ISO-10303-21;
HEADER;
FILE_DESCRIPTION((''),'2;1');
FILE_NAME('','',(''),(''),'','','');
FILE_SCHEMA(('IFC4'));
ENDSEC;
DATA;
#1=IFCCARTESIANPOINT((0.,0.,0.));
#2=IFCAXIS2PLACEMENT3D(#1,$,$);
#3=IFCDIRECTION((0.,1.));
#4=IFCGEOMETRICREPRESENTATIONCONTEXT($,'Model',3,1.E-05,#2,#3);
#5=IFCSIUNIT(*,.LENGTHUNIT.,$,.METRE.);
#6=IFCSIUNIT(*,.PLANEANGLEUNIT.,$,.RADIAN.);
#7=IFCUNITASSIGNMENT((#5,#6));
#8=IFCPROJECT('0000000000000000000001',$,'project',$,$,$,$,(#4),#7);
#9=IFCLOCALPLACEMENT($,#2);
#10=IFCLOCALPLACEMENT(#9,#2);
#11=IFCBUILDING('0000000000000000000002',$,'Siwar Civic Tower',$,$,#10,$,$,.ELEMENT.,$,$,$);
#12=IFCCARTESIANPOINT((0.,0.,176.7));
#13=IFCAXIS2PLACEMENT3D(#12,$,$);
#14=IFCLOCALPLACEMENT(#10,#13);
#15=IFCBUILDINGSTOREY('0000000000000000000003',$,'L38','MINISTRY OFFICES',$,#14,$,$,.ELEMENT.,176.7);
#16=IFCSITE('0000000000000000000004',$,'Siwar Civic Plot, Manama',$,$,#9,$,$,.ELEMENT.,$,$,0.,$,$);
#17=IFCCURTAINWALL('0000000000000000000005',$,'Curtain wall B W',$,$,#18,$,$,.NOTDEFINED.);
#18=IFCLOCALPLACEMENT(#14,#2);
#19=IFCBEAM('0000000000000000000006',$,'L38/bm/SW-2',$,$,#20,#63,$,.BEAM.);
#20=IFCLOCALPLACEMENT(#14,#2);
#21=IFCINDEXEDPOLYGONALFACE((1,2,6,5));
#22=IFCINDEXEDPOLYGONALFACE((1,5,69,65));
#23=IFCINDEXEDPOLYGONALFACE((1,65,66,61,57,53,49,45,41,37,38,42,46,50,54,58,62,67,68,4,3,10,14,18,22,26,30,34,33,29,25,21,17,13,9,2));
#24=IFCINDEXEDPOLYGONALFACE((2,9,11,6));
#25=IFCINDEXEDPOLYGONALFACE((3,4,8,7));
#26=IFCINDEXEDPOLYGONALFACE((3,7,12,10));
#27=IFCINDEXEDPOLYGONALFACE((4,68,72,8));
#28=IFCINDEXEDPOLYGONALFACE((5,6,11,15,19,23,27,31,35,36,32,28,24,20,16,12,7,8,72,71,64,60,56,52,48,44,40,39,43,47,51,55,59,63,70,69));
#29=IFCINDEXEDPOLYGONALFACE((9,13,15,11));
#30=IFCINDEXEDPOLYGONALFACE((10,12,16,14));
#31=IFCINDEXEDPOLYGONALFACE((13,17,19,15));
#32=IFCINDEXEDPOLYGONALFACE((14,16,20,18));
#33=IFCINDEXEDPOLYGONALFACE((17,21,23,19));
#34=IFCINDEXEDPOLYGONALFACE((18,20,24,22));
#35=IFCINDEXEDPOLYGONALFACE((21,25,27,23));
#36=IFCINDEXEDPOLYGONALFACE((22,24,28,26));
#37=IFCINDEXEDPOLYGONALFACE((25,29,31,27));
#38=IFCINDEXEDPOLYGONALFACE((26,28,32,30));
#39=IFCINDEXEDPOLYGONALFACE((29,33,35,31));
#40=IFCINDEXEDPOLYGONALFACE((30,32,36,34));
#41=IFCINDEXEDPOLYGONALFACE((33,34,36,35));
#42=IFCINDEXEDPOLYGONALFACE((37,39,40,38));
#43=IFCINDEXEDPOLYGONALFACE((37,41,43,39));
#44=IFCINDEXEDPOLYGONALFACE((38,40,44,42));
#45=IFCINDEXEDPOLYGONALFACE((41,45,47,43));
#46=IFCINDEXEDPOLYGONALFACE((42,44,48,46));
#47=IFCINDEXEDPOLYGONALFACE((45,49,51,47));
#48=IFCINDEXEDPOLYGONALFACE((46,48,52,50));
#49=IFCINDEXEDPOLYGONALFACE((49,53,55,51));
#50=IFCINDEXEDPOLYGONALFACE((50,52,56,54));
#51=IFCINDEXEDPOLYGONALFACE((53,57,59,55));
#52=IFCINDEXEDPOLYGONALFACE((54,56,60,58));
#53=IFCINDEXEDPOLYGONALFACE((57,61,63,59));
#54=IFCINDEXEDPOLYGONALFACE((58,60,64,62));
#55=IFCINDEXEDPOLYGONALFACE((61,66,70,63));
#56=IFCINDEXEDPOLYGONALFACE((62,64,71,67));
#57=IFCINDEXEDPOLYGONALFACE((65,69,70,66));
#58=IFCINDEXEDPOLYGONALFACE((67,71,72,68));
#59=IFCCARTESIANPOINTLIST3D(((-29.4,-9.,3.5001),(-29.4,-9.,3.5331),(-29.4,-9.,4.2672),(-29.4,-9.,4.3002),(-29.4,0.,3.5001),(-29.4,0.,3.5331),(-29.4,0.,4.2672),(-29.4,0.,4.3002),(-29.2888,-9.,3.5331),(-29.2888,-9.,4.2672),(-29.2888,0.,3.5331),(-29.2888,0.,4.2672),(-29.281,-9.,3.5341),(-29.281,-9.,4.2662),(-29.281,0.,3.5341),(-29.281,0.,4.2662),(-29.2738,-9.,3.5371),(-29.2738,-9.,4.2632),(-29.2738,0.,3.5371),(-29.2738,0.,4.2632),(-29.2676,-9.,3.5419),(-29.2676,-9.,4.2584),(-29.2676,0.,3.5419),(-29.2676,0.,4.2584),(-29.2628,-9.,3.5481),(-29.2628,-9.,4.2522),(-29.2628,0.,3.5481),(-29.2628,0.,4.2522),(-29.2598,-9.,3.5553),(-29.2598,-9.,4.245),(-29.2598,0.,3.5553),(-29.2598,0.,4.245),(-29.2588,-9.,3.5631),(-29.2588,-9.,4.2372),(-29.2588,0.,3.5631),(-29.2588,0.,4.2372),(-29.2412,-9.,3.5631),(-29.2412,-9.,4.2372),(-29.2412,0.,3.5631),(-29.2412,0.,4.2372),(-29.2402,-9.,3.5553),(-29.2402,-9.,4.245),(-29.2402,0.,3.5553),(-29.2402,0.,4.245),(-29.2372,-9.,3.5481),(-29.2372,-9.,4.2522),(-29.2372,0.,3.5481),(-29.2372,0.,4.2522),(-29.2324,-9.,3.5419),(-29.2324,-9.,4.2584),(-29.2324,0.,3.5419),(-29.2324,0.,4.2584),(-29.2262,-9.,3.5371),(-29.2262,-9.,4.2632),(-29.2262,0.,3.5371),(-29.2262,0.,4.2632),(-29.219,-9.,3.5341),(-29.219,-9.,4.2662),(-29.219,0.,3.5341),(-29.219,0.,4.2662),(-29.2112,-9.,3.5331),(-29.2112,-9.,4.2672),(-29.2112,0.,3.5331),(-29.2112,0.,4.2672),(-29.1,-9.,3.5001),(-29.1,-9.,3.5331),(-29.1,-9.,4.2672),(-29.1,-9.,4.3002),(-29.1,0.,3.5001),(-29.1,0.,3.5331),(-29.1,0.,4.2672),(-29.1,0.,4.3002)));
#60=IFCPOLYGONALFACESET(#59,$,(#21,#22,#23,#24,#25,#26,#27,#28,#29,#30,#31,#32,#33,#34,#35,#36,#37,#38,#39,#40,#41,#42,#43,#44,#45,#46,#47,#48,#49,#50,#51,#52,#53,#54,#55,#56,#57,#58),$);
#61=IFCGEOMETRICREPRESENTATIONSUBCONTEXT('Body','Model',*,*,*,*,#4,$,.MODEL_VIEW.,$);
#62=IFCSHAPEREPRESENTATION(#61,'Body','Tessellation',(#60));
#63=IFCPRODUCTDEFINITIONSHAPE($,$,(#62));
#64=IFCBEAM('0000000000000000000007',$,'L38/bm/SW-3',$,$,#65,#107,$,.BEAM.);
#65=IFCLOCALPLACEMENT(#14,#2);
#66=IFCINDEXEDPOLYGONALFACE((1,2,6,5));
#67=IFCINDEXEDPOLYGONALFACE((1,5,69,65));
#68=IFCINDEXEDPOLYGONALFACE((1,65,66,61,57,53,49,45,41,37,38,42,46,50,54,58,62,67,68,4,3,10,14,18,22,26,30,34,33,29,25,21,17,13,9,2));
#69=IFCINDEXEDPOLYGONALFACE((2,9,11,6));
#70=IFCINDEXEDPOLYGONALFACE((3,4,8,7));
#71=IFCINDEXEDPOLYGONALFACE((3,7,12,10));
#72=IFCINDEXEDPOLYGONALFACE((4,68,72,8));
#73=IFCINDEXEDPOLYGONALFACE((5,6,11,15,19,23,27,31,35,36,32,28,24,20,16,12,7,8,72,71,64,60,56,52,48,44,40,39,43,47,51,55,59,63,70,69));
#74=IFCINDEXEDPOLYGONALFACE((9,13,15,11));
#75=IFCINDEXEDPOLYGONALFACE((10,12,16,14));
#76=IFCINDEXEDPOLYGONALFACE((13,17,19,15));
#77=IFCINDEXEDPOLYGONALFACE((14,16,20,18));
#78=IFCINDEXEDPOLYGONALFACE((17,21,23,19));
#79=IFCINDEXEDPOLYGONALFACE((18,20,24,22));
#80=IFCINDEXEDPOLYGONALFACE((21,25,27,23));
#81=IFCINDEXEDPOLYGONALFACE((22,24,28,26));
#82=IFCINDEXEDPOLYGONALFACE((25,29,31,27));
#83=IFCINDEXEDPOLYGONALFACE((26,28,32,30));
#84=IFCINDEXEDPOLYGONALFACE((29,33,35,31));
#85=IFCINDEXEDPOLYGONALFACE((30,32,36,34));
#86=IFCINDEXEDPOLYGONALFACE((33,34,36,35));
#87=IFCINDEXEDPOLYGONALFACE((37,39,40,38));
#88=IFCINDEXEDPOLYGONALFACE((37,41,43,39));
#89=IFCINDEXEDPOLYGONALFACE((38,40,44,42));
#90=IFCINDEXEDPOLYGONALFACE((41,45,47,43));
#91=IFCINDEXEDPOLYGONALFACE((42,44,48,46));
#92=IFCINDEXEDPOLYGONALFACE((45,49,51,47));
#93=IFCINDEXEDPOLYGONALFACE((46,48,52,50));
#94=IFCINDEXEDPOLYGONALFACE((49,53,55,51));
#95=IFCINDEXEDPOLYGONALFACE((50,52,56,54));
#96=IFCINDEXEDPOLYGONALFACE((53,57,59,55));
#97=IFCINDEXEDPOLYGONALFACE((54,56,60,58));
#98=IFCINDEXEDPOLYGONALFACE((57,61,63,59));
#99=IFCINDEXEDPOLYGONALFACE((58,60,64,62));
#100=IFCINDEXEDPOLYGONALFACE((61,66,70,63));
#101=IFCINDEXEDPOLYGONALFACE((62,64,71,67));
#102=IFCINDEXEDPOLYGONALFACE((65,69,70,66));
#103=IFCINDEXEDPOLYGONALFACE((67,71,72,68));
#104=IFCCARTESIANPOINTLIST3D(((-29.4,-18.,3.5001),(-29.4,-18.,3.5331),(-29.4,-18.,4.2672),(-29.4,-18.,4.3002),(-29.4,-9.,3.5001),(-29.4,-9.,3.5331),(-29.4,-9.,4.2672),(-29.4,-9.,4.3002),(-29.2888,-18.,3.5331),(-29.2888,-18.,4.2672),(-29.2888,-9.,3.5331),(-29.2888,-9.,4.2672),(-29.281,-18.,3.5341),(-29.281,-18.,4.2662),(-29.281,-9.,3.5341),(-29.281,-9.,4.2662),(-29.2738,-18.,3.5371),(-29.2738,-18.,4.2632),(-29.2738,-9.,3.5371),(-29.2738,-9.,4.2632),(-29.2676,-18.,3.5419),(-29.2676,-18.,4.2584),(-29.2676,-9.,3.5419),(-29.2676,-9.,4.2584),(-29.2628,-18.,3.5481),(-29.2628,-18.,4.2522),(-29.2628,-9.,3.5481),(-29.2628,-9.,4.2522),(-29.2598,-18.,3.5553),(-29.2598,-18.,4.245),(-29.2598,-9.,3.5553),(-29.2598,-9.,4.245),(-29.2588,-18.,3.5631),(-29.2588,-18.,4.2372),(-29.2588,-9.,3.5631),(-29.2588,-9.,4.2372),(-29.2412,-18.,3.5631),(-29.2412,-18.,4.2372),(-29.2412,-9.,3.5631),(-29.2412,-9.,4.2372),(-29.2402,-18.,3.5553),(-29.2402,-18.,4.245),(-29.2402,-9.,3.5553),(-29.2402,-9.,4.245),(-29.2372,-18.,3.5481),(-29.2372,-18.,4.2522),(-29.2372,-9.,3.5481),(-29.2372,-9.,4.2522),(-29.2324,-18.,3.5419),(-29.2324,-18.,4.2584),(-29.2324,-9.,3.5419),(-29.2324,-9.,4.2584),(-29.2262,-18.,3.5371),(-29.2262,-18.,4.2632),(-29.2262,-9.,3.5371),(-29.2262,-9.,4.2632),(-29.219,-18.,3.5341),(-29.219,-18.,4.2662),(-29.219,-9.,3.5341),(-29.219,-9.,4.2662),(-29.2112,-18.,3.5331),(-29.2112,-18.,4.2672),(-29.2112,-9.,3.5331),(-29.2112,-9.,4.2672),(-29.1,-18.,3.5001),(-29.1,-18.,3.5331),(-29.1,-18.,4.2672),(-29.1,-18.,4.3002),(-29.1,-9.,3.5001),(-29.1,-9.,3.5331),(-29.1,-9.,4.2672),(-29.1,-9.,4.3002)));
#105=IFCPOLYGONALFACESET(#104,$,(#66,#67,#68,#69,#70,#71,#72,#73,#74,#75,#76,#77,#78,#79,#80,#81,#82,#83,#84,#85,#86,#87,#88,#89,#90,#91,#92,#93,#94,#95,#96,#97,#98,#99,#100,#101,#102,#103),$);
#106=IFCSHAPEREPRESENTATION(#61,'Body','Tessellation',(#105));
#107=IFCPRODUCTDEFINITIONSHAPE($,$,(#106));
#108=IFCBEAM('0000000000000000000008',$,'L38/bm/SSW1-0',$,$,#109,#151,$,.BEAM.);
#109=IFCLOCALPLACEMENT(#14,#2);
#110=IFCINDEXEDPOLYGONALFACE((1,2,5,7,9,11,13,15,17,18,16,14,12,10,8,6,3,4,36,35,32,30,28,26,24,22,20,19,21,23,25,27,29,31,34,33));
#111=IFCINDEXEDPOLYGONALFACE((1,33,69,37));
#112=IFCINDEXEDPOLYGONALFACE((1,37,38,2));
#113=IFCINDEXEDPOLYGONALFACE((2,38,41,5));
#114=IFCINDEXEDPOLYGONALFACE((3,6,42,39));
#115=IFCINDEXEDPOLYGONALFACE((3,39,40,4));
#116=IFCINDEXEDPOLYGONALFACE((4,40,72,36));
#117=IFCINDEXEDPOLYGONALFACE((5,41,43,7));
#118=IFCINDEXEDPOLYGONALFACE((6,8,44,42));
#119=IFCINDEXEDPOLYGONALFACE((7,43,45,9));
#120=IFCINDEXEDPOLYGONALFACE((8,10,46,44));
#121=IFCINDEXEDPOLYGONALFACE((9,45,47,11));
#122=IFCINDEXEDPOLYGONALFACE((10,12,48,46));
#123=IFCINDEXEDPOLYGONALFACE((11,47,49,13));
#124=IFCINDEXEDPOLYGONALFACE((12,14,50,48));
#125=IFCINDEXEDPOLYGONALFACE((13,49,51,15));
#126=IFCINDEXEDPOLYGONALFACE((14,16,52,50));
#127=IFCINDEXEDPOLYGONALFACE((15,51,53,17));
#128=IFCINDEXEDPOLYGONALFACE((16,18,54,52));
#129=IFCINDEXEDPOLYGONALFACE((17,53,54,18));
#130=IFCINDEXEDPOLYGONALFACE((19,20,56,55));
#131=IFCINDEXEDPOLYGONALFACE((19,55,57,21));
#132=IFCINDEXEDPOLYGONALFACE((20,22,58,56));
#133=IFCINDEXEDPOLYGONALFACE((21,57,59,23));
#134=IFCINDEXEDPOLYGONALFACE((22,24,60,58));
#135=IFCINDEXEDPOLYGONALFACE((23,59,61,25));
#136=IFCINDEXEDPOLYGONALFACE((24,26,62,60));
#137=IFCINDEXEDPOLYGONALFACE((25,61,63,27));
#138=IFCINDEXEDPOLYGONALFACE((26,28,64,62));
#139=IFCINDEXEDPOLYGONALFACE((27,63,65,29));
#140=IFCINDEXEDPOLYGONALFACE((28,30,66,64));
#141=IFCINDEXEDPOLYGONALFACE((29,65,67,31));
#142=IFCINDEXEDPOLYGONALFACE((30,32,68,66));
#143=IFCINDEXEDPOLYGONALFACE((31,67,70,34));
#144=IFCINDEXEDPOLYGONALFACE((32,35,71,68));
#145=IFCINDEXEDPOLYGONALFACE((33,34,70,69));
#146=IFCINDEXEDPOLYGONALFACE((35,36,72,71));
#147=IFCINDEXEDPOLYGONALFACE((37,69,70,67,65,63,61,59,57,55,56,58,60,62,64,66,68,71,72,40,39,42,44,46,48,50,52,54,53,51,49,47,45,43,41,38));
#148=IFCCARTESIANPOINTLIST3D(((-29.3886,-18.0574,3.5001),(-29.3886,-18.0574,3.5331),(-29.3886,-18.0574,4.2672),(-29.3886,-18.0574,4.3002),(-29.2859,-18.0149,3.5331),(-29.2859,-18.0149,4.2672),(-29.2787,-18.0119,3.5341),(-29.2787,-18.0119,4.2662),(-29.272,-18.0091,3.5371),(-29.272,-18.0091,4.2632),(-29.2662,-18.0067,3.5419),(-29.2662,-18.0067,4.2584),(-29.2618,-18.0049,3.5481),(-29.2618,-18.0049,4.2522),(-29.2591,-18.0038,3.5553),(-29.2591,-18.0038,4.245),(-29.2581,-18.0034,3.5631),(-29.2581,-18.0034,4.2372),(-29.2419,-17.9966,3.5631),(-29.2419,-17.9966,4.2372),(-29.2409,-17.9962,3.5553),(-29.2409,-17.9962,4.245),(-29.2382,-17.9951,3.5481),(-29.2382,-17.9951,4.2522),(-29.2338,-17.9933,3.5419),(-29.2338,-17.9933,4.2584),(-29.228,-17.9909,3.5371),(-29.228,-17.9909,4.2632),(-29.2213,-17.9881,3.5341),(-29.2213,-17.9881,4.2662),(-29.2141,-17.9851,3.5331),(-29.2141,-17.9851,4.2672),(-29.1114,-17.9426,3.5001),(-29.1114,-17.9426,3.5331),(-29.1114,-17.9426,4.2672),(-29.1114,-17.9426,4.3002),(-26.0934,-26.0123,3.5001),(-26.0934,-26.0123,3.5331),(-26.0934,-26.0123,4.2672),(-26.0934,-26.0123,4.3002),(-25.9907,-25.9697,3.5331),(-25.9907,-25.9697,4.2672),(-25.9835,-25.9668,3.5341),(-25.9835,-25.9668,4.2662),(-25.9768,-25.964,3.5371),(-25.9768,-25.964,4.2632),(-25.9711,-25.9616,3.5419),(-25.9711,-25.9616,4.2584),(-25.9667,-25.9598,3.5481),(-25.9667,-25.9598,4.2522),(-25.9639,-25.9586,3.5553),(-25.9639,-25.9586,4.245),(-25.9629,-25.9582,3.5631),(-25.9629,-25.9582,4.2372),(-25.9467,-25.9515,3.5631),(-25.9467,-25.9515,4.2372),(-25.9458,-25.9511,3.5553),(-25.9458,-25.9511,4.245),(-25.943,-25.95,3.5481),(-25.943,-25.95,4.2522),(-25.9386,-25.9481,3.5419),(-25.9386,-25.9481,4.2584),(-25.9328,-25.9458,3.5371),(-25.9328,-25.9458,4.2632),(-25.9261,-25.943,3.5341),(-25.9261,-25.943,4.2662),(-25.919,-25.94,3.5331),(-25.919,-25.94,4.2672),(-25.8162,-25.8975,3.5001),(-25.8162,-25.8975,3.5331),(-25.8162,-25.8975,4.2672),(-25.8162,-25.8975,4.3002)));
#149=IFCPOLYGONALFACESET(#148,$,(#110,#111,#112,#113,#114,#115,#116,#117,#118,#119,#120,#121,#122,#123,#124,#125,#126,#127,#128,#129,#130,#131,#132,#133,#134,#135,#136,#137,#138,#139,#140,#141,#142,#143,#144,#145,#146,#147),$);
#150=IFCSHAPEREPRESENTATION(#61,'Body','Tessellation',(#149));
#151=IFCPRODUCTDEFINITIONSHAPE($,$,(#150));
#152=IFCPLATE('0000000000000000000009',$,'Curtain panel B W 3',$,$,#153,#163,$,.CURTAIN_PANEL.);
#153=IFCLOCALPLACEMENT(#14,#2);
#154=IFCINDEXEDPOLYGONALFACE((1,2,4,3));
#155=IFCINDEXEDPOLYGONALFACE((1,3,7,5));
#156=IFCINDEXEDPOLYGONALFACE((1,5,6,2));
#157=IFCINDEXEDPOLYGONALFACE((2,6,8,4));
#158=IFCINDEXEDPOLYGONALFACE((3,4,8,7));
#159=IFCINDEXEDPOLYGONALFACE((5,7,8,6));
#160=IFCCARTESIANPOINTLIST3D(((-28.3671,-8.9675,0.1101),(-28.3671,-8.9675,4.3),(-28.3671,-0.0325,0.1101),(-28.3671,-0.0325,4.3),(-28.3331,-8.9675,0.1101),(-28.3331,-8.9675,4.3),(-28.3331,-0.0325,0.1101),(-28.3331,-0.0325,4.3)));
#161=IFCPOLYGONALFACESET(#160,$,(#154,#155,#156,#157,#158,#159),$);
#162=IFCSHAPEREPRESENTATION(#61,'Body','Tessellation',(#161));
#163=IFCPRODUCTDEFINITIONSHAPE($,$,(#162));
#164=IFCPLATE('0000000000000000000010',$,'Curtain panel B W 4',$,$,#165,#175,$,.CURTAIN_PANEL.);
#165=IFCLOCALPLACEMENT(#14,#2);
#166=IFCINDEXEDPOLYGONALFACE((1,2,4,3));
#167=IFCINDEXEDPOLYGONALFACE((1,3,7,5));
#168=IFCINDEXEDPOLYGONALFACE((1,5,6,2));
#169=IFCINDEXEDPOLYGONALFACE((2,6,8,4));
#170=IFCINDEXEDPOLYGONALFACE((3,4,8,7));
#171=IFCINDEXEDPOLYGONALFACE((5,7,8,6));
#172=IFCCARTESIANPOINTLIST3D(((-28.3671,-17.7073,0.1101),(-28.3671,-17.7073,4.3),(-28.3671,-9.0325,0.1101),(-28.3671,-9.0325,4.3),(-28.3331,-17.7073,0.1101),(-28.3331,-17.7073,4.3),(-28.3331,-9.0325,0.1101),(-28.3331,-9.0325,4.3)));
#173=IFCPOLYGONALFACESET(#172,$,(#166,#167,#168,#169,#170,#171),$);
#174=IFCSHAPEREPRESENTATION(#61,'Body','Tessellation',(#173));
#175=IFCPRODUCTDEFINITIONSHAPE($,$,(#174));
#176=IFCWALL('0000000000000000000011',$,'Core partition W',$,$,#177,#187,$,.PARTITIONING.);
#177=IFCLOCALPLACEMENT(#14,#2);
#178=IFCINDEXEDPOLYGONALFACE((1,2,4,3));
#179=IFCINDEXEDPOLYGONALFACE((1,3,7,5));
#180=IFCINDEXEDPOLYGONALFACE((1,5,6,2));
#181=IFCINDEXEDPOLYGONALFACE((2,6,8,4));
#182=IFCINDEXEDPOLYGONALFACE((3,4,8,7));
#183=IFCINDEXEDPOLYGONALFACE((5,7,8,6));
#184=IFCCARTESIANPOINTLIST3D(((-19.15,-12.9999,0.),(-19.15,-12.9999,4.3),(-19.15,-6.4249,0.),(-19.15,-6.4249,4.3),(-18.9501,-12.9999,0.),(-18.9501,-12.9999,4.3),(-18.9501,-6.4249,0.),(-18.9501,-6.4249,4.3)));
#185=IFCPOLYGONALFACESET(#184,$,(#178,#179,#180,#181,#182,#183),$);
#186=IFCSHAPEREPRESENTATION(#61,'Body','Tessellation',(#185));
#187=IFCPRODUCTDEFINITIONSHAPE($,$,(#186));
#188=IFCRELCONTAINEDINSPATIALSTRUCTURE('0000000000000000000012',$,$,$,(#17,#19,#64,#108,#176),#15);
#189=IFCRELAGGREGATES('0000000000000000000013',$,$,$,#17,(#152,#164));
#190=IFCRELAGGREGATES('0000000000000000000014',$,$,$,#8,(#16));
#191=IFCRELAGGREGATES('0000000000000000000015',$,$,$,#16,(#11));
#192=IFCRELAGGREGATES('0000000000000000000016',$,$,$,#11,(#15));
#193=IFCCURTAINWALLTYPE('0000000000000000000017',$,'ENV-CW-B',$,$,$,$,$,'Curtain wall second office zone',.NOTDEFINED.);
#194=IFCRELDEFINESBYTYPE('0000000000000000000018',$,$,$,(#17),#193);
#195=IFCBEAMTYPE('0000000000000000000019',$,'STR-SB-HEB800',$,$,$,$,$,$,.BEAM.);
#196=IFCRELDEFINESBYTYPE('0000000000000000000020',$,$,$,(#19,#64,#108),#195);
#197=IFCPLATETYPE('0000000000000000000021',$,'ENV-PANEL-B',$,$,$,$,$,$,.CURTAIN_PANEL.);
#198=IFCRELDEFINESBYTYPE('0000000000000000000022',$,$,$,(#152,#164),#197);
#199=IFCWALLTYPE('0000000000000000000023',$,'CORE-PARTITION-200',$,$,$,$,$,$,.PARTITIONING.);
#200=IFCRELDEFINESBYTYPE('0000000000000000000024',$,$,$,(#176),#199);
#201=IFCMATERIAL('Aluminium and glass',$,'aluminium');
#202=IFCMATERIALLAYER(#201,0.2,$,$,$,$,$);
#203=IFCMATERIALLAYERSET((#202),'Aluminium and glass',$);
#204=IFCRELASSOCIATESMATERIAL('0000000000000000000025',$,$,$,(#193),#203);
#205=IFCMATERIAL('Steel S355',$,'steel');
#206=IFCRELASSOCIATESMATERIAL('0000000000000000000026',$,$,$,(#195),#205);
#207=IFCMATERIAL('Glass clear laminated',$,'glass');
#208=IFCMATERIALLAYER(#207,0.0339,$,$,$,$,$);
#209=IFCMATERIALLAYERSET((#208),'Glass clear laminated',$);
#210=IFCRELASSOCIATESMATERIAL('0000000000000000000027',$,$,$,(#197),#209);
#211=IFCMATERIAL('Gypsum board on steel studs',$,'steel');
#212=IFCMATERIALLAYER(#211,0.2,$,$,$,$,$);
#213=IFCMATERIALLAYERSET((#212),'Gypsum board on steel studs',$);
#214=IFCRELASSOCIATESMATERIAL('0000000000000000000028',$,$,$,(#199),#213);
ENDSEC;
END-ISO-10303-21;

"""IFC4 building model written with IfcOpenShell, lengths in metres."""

from ifc_helpers import new_model, si_unit, direction, frame, frame_2d, origin, origin_2d, place, context, subcontext, project, spatial, rectangle, i_section, extrude, material, layer, layer_set, material_profile, profile_set, type_object, element, aggregate, save


model = new_model("IFC4")

# Units and contexts
model_context = context("Model", 3, precision=1e-05, world=origin(), true_north=direction((0.0, 1.0)))
body_context = subcontext(model_context, "Body", "Model", "MODEL_VIEW")
ifc_project = project(units=[si_unit("LENGTHUNIT", "METRE"), si_unit("PLANEANGLEUNIT", "RADIAN")], contexts=[model_context])

# Site, building, storey
site_placement = place(None, origin())
site = spatial("IfcSite", under=ifc_project, at=site_placement, Name="Siwar Civic Plot, Manama", CompositionType="ELEMENT", RefElevation=0.0)
building_placement = place(site_placement, origin())
building = spatial("IfcBuilding", under=site, at=building_placement, Name="Siwar Civic Tower", CompositionType="ELEMENT")
storey_placement = place(building_placement, frame((0.0, 0.0, 176.7)))
storey = spatial("IfcBuildingStorey", under=building, at=storey_placement, Name="L38", Description="MINISTRY OFFICES", CompositionType="ELEMENT", Elevation=176.7)

# Curtain wall
ifc_material_1 = material(Name="Aluminium and glass", Category="aluminium")
ifc_layer_1 = layer(ifc_material_1, 0.2)
ifc_layer_set_1 = layer_set([ifc_layer_1], Name="Aluminium and glass")
curtain_wall_type_1 = type_object("IfcCurtainWallType", Name="ENV-CW-B", ElementType="Curtain wall second office zone", PredefinedType="NOTDEFINED", material=ifc_layer_set_1)
curtain_wall_1_placement = place(storey_placement, origin())
curtain_wall_1 = element("IfcCurtainWall", 1, at=curtain_wall_1_placement, inside=storey, type_object=curtain_wall_type_1, Name="Curtain wall B W", PredefinedType="NOTDEFINED")

# Beams
ifc_material_2 = material(Name="Steel S355", Category="steel")
ifc_material_profile_1 = material_profile(ifc_material_2, i_section(OverallWidth=0.3, OverallDepth=0.8, WebThickness=0.0176, FlangeThickness=0.033, FilletRadius=0.03, at=origin_2d()), Name="HEB800")
ifc_profile_set_1 = profile_set([ifc_material_profile_1], Name="Steel S355")
beam_type_1 = type_object("IfcBeamType", Name="STR-SB-HEB800", PredefinedType="BEAM", material=ifc_profile_set_1)
for number, where, z_axis, x_axis, name in (
    (2, (-29.25, 0.0, 3.9001), (0.0, -1.0, 0.0), (1.0, 0.0, 0.0), "L38/bm/SW-2"),
    (3, (-29.25, -9.0, 3.9001), (0.0, -1.0, 0.0), (1.0, 0.0, 0.0), "L38/bm/SW-3"),
):
    element("IfcBeam", number, at=place(storey_placement, frame(where, z_axis=z_axis, x_axis=x_axis)), inside=storey, type_object=beam_type_1, Name=name, PredefinedType="BEAM", context=body_context, shape_type="SweptSolid", body=[
        extrude(i_section(OverallWidth=0.3, OverallDepth=0.8, WebThickness=0.0176, FlangeThickness=0.033, FilletRadius=0.03, at=origin_2d()), origin(), (0.0, 0.0, 1.0), 9.0),
    ])
beam_1_placement = place(storey_placement, frame((-29.25, -18.0, 3.9001), z_axis=(0.3827, -0.923873, 0.0), x_axis=(0.923873, 0.3827, 0.0)))
element("IfcBeam", 4, at=beam_1_placement, inside=storey, type_object=beam_type_1, Name="L38/bm/SSW1-0", PredefinedType="BEAM", context=body_context, shape_type="SweptSolid", body=[
    extrude(i_section(OverallWidth=0.3, OverallDepth=0.8, WebThickness=0.0176, FlangeThickness=0.033, FilletRadius=0.03, at=origin_2d()), origin(), (0.0, 0.0, 1.0), 8.6104),
])

# Plates
ifc_material_3 = material(Name="Glass clear laminated", Category="glass")
ifc_layer_2 = layer(ifc_material_3, 0.0339)
ifc_layer_set_2 = layer_set([ifc_layer_2], Name="Glass clear laminated")
plate_type = type_object("IfcPlateType", Name="ENV-PANEL-B", PredefinedType="CURTAIN_PANEL", material=ifc_layer_set_2)
plate_1_placement = place(storey_placement, frame((-28.3501, -4.5, 0.1101), z_axis=(0.0, 0.0, 1.0), x_axis=(0.0, -1.0, 0.0)))
plate_1 = element("IfcPlate", 5, at=plate_1_placement, type_object=plate_type, Name="Curtain panel B W 3", PredefinedType="CURTAIN_PANEL", context=body_context, shape_type="SweptSolid", body=[
    extrude(rectangle(XDim=8.9351, YDim=0.0339, at=origin_2d()), origin(), (0.0, 0.0, 1.0), 4.1899),
])
plate_2_placement = place(storey_placement, frame((-28.3501, -13.3699, 0.1101), z_axis=(0.0, 0.0, 1.0), x_axis=(0.0, -1.0, 0.0)))
plate_2 = element("IfcPlate", 6, at=plate_2_placement, type_object=plate_type, Name="Curtain panel B W 4", PredefinedType="CURTAIN_PANEL", context=body_context, shape_type="SweptSolid", body=[
    extrude(rectangle(XDim=8.6748, YDim=0.0339, at=origin_2d()), origin(), (0.0, 0.0, 1.0), 4.1899),
])
aggregate(curtain_wall_1, [plate_1, plate_2])

# Wall
ifc_material_4 = material(Name="Gypsum board on steel studs", Category="steel")
ifc_layer_3 = layer(ifc_material_4, 0.2)
ifc_layer_set_3 = layer_set([ifc_layer_3], Name="Gypsum board on steel studs")
wall_type_1 = type_object("IfcWallType", Name="CORE-PARTITION-200", PredefinedType="PARTITIONING", material=ifc_layer_set_3)
wall_1_placement = place(storey_placement, frame((-19.05, -13.0, 0.0), z_axis=(0.0, 0.0, 1.0), x_axis=(0.0, 1.0, 0.0)))
element("IfcWall", 7, at=wall_1_placement, inside=storey, type_object=wall_type_1, Name="Core partition W", PredefinedType="PARTITIONING", context=body_context, shape_type="SweptSolid", body=[
    extrude(rectangle(XDim=6.575, YDim=0.2, at=frame_2d((3.2876, 0.0))), origin(), (0.0, 0.0, 1.0), 4.3),
])

save(model, "model.ifc")
